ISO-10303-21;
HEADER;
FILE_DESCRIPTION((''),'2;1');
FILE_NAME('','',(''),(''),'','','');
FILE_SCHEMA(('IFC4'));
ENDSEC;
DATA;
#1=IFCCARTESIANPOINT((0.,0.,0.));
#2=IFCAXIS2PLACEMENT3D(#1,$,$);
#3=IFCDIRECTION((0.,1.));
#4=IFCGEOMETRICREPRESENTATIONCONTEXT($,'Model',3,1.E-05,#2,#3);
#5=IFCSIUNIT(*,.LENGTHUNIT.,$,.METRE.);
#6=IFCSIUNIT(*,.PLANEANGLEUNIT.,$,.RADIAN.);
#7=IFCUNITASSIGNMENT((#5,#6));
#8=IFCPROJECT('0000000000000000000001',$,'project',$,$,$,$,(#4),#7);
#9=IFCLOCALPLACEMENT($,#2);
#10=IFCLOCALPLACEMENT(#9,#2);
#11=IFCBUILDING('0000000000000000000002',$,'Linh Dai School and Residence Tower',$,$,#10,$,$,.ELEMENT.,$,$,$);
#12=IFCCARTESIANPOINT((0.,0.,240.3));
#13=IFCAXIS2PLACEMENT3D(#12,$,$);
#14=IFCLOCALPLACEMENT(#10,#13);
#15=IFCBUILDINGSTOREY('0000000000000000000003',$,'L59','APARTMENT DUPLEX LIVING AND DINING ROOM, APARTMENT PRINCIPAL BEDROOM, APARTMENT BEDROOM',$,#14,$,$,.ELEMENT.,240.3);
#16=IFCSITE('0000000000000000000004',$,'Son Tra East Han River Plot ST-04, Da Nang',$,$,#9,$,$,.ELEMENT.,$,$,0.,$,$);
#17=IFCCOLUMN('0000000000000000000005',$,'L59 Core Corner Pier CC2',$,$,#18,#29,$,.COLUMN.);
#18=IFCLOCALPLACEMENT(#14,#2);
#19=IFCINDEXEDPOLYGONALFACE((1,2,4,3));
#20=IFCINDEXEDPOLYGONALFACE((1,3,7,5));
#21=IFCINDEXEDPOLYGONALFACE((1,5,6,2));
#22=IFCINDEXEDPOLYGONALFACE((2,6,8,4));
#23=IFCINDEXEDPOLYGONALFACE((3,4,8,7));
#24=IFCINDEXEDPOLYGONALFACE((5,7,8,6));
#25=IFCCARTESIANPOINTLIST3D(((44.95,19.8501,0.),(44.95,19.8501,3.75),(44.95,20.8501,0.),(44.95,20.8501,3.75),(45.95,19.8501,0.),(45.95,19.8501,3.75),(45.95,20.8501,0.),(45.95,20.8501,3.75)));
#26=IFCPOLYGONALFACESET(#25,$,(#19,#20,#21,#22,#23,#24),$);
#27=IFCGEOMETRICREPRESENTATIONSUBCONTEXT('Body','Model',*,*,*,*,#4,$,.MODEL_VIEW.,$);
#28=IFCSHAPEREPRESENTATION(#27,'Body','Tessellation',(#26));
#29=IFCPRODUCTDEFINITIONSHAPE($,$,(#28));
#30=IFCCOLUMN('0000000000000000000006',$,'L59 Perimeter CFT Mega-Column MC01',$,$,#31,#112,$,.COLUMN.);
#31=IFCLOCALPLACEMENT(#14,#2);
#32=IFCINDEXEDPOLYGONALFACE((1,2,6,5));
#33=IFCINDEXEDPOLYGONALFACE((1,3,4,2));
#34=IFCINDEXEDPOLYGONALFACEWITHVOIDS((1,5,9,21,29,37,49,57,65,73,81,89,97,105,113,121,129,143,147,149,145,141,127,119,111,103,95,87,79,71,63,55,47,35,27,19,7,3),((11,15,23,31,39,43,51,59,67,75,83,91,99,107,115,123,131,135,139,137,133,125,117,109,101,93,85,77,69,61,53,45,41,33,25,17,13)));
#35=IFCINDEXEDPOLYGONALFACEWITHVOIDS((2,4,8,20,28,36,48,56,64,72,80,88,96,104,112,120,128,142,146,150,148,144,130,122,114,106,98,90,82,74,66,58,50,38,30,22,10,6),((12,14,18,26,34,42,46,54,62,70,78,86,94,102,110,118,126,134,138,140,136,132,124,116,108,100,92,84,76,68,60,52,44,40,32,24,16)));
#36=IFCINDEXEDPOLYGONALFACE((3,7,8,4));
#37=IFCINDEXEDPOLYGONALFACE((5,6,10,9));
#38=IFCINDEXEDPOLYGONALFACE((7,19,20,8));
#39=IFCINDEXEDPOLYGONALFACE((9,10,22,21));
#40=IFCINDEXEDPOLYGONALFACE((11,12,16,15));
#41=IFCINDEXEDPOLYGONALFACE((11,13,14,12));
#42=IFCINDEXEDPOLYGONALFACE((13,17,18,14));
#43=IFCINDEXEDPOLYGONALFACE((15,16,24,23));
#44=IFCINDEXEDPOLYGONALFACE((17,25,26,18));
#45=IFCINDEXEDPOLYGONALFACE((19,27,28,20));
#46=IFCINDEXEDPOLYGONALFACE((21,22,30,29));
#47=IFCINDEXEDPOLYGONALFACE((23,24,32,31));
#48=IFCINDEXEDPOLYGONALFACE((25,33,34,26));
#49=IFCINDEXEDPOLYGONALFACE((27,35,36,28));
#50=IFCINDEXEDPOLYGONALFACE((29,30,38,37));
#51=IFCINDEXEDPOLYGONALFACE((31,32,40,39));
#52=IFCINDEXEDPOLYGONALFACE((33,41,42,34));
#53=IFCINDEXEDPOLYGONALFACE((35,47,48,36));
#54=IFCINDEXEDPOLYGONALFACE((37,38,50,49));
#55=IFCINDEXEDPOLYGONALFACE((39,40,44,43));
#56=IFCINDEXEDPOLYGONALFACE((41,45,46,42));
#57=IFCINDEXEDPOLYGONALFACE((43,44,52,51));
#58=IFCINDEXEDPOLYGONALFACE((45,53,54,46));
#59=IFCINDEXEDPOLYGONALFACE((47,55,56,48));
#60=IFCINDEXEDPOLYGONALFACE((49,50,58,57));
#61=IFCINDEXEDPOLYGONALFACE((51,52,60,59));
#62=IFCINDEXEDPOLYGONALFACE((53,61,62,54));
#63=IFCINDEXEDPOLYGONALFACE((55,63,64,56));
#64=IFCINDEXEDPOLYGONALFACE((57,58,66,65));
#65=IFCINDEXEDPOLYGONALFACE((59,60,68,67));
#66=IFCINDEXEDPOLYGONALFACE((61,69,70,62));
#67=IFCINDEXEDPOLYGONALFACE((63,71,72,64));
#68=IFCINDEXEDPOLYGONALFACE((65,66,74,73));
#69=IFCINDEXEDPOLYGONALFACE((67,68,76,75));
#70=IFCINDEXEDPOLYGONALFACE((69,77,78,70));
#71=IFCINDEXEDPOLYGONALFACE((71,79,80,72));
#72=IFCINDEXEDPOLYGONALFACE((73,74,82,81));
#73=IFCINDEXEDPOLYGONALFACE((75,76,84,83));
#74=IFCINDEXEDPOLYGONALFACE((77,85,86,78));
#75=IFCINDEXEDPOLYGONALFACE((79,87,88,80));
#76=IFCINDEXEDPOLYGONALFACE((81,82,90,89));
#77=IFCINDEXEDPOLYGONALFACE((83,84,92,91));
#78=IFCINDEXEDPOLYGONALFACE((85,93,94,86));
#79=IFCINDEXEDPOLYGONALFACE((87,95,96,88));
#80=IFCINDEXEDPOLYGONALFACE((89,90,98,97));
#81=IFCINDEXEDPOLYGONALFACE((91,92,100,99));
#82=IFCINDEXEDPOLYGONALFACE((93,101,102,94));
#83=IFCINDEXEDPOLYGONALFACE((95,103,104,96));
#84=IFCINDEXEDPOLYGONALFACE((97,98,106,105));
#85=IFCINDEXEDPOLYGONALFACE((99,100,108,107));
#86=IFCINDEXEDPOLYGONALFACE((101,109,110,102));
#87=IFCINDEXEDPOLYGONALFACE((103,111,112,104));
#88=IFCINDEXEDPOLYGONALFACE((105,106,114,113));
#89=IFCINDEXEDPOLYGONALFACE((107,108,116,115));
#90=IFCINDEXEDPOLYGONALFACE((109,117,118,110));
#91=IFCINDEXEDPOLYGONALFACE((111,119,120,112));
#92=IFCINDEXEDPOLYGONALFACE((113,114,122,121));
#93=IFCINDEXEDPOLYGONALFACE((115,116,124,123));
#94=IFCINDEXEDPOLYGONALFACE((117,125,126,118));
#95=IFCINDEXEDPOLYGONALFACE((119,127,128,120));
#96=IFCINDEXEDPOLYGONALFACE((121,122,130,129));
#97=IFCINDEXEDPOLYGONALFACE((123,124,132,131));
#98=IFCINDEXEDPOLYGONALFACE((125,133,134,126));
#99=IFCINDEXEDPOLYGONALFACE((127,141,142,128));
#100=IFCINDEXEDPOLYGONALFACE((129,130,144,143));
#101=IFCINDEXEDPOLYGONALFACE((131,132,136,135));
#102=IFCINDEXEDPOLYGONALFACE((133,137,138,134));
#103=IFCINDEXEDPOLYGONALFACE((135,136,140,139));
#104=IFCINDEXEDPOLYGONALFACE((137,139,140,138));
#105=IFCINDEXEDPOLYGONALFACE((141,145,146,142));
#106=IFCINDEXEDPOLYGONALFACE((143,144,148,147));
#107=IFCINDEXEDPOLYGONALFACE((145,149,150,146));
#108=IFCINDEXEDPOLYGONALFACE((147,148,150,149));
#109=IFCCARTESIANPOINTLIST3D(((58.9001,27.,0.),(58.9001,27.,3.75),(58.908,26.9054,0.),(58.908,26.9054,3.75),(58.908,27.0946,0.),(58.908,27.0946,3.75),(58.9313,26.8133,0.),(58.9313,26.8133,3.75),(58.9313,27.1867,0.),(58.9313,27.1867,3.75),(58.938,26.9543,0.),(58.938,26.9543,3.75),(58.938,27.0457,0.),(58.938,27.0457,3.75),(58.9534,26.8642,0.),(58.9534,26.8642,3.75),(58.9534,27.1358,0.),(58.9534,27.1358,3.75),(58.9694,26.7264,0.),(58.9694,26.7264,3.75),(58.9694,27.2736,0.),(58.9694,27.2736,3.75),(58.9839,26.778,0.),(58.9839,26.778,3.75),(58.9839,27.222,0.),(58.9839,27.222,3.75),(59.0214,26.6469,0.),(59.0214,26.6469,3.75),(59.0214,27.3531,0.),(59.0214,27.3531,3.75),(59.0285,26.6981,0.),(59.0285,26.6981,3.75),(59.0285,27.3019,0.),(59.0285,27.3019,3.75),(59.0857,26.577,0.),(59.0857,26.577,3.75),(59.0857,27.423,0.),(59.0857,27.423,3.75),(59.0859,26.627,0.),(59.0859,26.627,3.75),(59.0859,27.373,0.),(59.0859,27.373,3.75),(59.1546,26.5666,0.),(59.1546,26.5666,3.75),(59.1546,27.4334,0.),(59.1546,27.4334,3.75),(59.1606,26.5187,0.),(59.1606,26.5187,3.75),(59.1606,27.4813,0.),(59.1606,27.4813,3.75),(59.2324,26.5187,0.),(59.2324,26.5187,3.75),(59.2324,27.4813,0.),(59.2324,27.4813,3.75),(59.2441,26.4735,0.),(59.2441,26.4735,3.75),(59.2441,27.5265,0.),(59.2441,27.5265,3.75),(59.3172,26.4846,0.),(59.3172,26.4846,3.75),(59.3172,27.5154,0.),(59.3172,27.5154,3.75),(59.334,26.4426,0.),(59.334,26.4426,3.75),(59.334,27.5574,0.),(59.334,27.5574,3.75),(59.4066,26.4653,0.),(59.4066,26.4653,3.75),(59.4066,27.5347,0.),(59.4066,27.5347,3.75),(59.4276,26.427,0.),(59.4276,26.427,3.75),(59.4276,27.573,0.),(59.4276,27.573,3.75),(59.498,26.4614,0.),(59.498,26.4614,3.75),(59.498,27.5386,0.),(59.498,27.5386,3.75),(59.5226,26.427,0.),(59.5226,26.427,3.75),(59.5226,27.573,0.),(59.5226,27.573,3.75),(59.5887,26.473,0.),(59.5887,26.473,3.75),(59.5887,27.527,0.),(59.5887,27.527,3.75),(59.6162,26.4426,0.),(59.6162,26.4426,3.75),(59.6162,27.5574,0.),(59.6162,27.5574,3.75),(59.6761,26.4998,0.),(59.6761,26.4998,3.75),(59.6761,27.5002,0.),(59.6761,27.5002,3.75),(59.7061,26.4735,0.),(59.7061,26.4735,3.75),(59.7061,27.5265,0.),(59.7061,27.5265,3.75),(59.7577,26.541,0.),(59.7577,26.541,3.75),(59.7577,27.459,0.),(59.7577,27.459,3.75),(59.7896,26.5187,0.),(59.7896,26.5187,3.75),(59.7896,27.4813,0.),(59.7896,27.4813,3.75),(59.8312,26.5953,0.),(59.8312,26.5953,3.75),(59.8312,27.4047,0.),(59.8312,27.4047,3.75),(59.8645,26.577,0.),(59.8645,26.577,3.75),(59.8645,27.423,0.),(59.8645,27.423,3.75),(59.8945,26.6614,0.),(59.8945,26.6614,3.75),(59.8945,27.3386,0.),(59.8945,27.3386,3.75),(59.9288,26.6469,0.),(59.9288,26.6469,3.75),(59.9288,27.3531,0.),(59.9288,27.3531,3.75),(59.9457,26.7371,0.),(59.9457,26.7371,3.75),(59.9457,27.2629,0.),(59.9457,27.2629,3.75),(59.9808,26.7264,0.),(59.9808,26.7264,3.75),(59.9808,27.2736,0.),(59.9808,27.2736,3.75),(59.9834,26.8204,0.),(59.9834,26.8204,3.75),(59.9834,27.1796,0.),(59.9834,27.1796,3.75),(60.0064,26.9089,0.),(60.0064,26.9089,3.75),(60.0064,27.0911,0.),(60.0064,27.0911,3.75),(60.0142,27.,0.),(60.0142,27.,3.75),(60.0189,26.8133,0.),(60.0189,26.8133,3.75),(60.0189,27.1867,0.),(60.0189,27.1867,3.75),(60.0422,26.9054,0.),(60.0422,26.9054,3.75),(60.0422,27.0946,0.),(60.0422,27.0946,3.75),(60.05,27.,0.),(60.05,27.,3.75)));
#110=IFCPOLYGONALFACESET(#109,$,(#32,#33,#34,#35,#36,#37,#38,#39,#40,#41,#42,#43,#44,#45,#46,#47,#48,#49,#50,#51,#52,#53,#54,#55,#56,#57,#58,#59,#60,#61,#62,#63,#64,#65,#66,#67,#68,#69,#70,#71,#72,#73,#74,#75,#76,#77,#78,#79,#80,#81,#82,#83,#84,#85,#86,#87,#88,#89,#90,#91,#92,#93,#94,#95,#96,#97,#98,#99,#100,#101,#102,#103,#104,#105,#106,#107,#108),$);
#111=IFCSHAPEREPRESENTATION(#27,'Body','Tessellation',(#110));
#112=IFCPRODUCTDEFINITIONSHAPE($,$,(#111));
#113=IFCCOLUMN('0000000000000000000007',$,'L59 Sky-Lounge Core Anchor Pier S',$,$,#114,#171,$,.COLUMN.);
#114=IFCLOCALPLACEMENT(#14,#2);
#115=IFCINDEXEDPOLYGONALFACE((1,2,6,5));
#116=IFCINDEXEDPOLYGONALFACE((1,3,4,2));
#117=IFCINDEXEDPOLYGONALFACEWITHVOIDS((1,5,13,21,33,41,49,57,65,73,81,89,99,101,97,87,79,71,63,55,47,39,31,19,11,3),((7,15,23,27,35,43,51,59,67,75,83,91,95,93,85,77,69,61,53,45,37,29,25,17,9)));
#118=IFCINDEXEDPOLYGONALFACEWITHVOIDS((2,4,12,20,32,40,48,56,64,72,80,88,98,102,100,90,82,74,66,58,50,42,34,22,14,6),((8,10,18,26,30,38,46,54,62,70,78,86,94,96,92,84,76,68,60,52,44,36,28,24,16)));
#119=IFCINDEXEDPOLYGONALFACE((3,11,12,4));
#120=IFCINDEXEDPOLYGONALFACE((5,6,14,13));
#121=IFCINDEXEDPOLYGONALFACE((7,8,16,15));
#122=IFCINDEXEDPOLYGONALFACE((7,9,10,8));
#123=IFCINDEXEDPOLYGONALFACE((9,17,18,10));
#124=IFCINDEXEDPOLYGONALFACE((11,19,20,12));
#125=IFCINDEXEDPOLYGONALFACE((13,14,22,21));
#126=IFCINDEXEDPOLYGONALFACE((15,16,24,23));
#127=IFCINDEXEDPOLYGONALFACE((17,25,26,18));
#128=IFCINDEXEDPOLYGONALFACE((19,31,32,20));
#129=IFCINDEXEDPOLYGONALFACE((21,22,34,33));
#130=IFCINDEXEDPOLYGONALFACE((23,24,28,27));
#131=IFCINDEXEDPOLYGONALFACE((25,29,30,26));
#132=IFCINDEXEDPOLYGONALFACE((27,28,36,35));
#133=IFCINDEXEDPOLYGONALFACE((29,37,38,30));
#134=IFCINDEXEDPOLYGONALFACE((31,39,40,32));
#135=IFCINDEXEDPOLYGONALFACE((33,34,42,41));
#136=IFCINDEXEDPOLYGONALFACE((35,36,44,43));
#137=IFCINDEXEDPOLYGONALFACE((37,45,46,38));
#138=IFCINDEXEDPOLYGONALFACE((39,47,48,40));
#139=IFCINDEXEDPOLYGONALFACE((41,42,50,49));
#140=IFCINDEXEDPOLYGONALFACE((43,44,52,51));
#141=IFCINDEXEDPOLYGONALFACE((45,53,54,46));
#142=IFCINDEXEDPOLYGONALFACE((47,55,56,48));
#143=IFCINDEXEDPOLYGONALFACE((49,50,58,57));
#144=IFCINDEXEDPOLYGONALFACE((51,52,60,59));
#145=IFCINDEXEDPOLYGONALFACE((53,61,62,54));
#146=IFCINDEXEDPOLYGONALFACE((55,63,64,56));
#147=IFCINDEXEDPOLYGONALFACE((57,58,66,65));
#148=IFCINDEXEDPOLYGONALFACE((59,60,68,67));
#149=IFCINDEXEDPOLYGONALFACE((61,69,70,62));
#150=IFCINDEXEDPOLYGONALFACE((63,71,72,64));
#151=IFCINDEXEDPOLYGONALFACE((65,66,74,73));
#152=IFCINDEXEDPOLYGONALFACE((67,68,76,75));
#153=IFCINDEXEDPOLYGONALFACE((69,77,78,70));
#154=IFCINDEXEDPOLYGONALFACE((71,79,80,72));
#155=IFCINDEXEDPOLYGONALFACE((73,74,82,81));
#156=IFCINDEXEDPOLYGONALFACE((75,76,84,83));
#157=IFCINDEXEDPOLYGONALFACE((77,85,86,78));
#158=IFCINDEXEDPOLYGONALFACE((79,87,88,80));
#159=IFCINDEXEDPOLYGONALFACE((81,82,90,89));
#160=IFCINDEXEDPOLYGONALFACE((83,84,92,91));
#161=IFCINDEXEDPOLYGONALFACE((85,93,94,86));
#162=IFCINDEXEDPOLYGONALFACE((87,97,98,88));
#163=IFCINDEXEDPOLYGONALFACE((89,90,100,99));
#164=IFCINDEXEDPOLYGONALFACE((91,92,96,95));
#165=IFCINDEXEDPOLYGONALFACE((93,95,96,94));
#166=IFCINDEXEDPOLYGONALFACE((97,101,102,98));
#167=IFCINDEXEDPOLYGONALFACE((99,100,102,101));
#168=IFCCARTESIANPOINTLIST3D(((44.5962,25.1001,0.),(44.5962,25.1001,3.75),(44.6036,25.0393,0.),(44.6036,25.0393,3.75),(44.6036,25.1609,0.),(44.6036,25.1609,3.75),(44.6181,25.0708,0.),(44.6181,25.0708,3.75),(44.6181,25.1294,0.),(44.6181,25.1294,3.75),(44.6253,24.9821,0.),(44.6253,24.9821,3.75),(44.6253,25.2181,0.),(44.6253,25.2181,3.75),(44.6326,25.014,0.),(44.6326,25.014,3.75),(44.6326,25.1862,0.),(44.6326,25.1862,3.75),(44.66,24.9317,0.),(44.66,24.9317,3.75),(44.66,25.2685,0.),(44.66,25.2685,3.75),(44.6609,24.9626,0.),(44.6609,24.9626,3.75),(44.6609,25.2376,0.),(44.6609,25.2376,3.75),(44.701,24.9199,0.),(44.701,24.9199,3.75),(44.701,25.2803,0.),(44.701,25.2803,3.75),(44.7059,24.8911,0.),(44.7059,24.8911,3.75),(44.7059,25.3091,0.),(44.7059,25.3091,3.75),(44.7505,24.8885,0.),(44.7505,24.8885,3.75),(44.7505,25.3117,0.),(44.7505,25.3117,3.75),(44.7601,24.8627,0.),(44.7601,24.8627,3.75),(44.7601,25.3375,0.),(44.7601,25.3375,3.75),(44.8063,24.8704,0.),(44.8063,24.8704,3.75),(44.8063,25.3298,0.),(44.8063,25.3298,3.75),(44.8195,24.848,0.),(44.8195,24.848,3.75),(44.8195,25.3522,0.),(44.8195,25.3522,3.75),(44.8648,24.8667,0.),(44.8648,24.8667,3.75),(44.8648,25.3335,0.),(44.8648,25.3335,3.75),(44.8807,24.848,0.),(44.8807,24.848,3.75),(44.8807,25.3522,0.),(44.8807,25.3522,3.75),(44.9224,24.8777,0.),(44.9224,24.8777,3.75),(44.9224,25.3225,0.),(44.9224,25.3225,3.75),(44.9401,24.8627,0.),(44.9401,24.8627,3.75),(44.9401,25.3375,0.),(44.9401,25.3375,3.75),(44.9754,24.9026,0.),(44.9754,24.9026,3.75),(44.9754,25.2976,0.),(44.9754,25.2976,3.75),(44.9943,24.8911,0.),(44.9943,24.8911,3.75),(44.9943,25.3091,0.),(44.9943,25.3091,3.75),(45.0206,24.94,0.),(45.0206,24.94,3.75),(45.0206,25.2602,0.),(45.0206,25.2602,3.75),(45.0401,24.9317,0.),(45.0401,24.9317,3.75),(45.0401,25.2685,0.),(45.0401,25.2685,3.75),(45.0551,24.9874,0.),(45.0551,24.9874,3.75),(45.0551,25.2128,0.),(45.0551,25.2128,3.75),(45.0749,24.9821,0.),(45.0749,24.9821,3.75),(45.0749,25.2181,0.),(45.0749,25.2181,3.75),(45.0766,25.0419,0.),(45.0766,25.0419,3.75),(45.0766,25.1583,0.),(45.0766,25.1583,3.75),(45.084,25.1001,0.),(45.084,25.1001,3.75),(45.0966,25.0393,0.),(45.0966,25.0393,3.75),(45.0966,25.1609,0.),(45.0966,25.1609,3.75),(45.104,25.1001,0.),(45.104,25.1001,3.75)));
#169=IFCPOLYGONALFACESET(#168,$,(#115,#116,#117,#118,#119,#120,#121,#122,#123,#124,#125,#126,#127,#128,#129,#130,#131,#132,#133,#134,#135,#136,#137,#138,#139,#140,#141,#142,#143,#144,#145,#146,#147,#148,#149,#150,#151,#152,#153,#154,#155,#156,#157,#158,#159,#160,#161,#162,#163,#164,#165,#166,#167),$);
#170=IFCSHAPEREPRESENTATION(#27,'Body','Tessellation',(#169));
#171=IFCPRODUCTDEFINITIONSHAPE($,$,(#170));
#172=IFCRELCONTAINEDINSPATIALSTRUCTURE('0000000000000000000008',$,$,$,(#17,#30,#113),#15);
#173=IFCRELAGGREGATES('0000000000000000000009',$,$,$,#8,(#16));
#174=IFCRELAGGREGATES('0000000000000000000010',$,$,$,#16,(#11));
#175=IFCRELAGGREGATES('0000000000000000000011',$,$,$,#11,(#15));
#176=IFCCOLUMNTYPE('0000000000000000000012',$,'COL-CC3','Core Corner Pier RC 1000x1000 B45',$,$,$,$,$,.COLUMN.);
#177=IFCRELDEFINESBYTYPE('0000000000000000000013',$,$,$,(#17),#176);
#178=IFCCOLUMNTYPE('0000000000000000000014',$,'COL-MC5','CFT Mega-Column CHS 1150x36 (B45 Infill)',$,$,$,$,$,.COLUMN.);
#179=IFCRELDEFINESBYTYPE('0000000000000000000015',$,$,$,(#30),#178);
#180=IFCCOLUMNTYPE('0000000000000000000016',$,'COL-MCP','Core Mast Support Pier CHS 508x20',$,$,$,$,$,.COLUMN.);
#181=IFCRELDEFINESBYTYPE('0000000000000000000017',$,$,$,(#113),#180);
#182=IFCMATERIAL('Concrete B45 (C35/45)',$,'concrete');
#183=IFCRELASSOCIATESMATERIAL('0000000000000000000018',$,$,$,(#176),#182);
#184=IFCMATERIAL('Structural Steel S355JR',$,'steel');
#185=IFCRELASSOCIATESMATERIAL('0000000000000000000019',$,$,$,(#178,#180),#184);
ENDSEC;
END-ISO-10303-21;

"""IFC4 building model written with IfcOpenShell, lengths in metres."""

from ifc_helpers import new_model, si_unit, direction, frame, origin, origin_2d, place, context, subcontext, project, spatial, rectangle, hollow_circle, extrude, material, material_profile, profile_set, type_object, element, save


model = new_model("IFC4")

# Units and contexts
model_context = context("Model", 3, precision=1e-05, world=origin(), true_north=direction((0.0, 1.0)))
body_context = subcontext(model_context, "Body", "Model", "MODEL_VIEW")
ifc_project = project(units=[si_unit("LENGTHUNIT", "METRE"), si_unit("PLANEANGLEUNIT", "RADIAN")], contexts=[model_context])

# Site, building, storey
site_placement = place(None, origin())
site = spatial("IfcSite", under=ifc_project, at=site_placement, Name="Son Tra East Han River Plot ST-04, Da Nang", CompositionType="ELEMENT", RefElevation=0.0)
building_placement = place(site_placement, origin())
building = spatial("IfcBuilding", under=site, at=building_placement, Name="Linh Dai School and Residence Tower", CompositionType="ELEMENT")
storey_placement = place(building_placement, frame((0.0, 0.0, 240.3)))
storey = spatial("IfcBuildingStorey", under=building, at=storey_placement, Name="L59", Description="APARTMENT DUPLEX LIVING AND DINING ROOM, APARTMENT PRINCIPAL BEDROOM, APARTMENT BEDROOM", CompositionType="ELEMENT", Elevation=240.3)

# Columns
ifc_material_1 = material(Name="Concrete B45 (C35/45)", Category="concrete")
ifc_material_profile_1 = material_profile(ifc_material_1, rectangle(XDim=1.0, YDim=1.0, at=origin_2d()), Name="RC 1000x1000")
ifc_profile_set_1 = profile_set([ifc_material_profile_1], Name="Concrete B45 (C35/45)")
column_type_1 = type_object("IfcColumnType", Name="COL-CC3", Description="Core Corner Pier RC 1000x1000 B45", PredefinedType="COLUMN", material=ifc_profile_set_1)
column_1_placement = place(storey_placement, frame((45.45, 20.3501, 0.0), z_axis=(0.0, 0.0, 1.0), x_axis=(1.0, 0.0, 0.0)))
element("IfcColumn", 1, at=column_1_placement, inside=storey, type_object=column_type_1, Name="L59 Core Corner Pier CC2", PredefinedType="COLUMN", context=body_context, shape_type="SweptSolid", body=[
    extrude(rectangle(XDim=1.0, YDim=1.0, at=origin_2d()), origin(), (0.0, 0.0, 1.0), 3.75),
])
ifc_material_2 = material(Name="Structural Steel S355JR", Category="steel")
ifc_material_profile_2 = material_profile(ifc_material_2, hollow_circle(Radius=0.575, WallThickness=0.0359, at=origin_2d()), Name="CHS 1150x36")
ifc_profile_set_2 = profile_set([ifc_material_profile_2], Name="Structural Steel S355JR")
column_type_2 = type_object("IfcColumnType", Name="COL-MC5", Description="CFT Mega-Column CHS 1150x36 (B45 Infill)", PredefinedType="COLUMN", material=ifc_profile_set_2)
column_2_placement = place(storey_placement, frame((59.4751, 27.0, 0.0), z_axis=(0.0, 0.0, 1.0), x_axis=(1.0, 0.0, 0.0)))
element("IfcColumn", 2, at=column_2_placement, inside=storey, type_object=column_type_2, Name="L59 Perimeter CFT Mega-Column MC01", PredefinedType="COLUMN", context=body_context, shape_type="SweptSolid", body=[
    extrude(hollow_circle(Radius=0.575, WallThickness=0.0359, at=origin_2d()), origin(), (0.0, 0.0, 1.0), 3.75),
])
ifc_material_profile_3 = material_profile(ifc_material_2, hollow_circle(Radius=0.2539, WallThickness=0.02, at=origin_2d()), Name="CHS 508x20")
ifc_profile_set_3 = profile_set([ifc_material_profile_3], Name="Structural Steel S355JR")
column_type_3 = type_object("IfcColumnType", Name="COL-MCP", Description="Core Mast Support Pier CHS 508x20", PredefinedType="COLUMN", material=ifc_profile_set_3)
column_3_placement = place(storey_placement, frame((44.8501, 25.1001, 0.0), z_axis=(0.0, 0.0, 1.0), x_axis=(1.0, 0.0, 0.0)))
element("IfcColumn", 3, at=column_3_placement, inside=storey, type_object=column_type_3, Name="L59 Sky-Lounge Core Anchor Pier S", PredefinedType="COLUMN", context=body_context, shape_type="SweptSolid", body=[
    extrude(hollow_circle(Radius=0.2539, WallThickness=0.02, at=origin_2d()), origin(), (0.0, 0.0, 1.0), 3.75),
])

save(model, "model.ifc")
